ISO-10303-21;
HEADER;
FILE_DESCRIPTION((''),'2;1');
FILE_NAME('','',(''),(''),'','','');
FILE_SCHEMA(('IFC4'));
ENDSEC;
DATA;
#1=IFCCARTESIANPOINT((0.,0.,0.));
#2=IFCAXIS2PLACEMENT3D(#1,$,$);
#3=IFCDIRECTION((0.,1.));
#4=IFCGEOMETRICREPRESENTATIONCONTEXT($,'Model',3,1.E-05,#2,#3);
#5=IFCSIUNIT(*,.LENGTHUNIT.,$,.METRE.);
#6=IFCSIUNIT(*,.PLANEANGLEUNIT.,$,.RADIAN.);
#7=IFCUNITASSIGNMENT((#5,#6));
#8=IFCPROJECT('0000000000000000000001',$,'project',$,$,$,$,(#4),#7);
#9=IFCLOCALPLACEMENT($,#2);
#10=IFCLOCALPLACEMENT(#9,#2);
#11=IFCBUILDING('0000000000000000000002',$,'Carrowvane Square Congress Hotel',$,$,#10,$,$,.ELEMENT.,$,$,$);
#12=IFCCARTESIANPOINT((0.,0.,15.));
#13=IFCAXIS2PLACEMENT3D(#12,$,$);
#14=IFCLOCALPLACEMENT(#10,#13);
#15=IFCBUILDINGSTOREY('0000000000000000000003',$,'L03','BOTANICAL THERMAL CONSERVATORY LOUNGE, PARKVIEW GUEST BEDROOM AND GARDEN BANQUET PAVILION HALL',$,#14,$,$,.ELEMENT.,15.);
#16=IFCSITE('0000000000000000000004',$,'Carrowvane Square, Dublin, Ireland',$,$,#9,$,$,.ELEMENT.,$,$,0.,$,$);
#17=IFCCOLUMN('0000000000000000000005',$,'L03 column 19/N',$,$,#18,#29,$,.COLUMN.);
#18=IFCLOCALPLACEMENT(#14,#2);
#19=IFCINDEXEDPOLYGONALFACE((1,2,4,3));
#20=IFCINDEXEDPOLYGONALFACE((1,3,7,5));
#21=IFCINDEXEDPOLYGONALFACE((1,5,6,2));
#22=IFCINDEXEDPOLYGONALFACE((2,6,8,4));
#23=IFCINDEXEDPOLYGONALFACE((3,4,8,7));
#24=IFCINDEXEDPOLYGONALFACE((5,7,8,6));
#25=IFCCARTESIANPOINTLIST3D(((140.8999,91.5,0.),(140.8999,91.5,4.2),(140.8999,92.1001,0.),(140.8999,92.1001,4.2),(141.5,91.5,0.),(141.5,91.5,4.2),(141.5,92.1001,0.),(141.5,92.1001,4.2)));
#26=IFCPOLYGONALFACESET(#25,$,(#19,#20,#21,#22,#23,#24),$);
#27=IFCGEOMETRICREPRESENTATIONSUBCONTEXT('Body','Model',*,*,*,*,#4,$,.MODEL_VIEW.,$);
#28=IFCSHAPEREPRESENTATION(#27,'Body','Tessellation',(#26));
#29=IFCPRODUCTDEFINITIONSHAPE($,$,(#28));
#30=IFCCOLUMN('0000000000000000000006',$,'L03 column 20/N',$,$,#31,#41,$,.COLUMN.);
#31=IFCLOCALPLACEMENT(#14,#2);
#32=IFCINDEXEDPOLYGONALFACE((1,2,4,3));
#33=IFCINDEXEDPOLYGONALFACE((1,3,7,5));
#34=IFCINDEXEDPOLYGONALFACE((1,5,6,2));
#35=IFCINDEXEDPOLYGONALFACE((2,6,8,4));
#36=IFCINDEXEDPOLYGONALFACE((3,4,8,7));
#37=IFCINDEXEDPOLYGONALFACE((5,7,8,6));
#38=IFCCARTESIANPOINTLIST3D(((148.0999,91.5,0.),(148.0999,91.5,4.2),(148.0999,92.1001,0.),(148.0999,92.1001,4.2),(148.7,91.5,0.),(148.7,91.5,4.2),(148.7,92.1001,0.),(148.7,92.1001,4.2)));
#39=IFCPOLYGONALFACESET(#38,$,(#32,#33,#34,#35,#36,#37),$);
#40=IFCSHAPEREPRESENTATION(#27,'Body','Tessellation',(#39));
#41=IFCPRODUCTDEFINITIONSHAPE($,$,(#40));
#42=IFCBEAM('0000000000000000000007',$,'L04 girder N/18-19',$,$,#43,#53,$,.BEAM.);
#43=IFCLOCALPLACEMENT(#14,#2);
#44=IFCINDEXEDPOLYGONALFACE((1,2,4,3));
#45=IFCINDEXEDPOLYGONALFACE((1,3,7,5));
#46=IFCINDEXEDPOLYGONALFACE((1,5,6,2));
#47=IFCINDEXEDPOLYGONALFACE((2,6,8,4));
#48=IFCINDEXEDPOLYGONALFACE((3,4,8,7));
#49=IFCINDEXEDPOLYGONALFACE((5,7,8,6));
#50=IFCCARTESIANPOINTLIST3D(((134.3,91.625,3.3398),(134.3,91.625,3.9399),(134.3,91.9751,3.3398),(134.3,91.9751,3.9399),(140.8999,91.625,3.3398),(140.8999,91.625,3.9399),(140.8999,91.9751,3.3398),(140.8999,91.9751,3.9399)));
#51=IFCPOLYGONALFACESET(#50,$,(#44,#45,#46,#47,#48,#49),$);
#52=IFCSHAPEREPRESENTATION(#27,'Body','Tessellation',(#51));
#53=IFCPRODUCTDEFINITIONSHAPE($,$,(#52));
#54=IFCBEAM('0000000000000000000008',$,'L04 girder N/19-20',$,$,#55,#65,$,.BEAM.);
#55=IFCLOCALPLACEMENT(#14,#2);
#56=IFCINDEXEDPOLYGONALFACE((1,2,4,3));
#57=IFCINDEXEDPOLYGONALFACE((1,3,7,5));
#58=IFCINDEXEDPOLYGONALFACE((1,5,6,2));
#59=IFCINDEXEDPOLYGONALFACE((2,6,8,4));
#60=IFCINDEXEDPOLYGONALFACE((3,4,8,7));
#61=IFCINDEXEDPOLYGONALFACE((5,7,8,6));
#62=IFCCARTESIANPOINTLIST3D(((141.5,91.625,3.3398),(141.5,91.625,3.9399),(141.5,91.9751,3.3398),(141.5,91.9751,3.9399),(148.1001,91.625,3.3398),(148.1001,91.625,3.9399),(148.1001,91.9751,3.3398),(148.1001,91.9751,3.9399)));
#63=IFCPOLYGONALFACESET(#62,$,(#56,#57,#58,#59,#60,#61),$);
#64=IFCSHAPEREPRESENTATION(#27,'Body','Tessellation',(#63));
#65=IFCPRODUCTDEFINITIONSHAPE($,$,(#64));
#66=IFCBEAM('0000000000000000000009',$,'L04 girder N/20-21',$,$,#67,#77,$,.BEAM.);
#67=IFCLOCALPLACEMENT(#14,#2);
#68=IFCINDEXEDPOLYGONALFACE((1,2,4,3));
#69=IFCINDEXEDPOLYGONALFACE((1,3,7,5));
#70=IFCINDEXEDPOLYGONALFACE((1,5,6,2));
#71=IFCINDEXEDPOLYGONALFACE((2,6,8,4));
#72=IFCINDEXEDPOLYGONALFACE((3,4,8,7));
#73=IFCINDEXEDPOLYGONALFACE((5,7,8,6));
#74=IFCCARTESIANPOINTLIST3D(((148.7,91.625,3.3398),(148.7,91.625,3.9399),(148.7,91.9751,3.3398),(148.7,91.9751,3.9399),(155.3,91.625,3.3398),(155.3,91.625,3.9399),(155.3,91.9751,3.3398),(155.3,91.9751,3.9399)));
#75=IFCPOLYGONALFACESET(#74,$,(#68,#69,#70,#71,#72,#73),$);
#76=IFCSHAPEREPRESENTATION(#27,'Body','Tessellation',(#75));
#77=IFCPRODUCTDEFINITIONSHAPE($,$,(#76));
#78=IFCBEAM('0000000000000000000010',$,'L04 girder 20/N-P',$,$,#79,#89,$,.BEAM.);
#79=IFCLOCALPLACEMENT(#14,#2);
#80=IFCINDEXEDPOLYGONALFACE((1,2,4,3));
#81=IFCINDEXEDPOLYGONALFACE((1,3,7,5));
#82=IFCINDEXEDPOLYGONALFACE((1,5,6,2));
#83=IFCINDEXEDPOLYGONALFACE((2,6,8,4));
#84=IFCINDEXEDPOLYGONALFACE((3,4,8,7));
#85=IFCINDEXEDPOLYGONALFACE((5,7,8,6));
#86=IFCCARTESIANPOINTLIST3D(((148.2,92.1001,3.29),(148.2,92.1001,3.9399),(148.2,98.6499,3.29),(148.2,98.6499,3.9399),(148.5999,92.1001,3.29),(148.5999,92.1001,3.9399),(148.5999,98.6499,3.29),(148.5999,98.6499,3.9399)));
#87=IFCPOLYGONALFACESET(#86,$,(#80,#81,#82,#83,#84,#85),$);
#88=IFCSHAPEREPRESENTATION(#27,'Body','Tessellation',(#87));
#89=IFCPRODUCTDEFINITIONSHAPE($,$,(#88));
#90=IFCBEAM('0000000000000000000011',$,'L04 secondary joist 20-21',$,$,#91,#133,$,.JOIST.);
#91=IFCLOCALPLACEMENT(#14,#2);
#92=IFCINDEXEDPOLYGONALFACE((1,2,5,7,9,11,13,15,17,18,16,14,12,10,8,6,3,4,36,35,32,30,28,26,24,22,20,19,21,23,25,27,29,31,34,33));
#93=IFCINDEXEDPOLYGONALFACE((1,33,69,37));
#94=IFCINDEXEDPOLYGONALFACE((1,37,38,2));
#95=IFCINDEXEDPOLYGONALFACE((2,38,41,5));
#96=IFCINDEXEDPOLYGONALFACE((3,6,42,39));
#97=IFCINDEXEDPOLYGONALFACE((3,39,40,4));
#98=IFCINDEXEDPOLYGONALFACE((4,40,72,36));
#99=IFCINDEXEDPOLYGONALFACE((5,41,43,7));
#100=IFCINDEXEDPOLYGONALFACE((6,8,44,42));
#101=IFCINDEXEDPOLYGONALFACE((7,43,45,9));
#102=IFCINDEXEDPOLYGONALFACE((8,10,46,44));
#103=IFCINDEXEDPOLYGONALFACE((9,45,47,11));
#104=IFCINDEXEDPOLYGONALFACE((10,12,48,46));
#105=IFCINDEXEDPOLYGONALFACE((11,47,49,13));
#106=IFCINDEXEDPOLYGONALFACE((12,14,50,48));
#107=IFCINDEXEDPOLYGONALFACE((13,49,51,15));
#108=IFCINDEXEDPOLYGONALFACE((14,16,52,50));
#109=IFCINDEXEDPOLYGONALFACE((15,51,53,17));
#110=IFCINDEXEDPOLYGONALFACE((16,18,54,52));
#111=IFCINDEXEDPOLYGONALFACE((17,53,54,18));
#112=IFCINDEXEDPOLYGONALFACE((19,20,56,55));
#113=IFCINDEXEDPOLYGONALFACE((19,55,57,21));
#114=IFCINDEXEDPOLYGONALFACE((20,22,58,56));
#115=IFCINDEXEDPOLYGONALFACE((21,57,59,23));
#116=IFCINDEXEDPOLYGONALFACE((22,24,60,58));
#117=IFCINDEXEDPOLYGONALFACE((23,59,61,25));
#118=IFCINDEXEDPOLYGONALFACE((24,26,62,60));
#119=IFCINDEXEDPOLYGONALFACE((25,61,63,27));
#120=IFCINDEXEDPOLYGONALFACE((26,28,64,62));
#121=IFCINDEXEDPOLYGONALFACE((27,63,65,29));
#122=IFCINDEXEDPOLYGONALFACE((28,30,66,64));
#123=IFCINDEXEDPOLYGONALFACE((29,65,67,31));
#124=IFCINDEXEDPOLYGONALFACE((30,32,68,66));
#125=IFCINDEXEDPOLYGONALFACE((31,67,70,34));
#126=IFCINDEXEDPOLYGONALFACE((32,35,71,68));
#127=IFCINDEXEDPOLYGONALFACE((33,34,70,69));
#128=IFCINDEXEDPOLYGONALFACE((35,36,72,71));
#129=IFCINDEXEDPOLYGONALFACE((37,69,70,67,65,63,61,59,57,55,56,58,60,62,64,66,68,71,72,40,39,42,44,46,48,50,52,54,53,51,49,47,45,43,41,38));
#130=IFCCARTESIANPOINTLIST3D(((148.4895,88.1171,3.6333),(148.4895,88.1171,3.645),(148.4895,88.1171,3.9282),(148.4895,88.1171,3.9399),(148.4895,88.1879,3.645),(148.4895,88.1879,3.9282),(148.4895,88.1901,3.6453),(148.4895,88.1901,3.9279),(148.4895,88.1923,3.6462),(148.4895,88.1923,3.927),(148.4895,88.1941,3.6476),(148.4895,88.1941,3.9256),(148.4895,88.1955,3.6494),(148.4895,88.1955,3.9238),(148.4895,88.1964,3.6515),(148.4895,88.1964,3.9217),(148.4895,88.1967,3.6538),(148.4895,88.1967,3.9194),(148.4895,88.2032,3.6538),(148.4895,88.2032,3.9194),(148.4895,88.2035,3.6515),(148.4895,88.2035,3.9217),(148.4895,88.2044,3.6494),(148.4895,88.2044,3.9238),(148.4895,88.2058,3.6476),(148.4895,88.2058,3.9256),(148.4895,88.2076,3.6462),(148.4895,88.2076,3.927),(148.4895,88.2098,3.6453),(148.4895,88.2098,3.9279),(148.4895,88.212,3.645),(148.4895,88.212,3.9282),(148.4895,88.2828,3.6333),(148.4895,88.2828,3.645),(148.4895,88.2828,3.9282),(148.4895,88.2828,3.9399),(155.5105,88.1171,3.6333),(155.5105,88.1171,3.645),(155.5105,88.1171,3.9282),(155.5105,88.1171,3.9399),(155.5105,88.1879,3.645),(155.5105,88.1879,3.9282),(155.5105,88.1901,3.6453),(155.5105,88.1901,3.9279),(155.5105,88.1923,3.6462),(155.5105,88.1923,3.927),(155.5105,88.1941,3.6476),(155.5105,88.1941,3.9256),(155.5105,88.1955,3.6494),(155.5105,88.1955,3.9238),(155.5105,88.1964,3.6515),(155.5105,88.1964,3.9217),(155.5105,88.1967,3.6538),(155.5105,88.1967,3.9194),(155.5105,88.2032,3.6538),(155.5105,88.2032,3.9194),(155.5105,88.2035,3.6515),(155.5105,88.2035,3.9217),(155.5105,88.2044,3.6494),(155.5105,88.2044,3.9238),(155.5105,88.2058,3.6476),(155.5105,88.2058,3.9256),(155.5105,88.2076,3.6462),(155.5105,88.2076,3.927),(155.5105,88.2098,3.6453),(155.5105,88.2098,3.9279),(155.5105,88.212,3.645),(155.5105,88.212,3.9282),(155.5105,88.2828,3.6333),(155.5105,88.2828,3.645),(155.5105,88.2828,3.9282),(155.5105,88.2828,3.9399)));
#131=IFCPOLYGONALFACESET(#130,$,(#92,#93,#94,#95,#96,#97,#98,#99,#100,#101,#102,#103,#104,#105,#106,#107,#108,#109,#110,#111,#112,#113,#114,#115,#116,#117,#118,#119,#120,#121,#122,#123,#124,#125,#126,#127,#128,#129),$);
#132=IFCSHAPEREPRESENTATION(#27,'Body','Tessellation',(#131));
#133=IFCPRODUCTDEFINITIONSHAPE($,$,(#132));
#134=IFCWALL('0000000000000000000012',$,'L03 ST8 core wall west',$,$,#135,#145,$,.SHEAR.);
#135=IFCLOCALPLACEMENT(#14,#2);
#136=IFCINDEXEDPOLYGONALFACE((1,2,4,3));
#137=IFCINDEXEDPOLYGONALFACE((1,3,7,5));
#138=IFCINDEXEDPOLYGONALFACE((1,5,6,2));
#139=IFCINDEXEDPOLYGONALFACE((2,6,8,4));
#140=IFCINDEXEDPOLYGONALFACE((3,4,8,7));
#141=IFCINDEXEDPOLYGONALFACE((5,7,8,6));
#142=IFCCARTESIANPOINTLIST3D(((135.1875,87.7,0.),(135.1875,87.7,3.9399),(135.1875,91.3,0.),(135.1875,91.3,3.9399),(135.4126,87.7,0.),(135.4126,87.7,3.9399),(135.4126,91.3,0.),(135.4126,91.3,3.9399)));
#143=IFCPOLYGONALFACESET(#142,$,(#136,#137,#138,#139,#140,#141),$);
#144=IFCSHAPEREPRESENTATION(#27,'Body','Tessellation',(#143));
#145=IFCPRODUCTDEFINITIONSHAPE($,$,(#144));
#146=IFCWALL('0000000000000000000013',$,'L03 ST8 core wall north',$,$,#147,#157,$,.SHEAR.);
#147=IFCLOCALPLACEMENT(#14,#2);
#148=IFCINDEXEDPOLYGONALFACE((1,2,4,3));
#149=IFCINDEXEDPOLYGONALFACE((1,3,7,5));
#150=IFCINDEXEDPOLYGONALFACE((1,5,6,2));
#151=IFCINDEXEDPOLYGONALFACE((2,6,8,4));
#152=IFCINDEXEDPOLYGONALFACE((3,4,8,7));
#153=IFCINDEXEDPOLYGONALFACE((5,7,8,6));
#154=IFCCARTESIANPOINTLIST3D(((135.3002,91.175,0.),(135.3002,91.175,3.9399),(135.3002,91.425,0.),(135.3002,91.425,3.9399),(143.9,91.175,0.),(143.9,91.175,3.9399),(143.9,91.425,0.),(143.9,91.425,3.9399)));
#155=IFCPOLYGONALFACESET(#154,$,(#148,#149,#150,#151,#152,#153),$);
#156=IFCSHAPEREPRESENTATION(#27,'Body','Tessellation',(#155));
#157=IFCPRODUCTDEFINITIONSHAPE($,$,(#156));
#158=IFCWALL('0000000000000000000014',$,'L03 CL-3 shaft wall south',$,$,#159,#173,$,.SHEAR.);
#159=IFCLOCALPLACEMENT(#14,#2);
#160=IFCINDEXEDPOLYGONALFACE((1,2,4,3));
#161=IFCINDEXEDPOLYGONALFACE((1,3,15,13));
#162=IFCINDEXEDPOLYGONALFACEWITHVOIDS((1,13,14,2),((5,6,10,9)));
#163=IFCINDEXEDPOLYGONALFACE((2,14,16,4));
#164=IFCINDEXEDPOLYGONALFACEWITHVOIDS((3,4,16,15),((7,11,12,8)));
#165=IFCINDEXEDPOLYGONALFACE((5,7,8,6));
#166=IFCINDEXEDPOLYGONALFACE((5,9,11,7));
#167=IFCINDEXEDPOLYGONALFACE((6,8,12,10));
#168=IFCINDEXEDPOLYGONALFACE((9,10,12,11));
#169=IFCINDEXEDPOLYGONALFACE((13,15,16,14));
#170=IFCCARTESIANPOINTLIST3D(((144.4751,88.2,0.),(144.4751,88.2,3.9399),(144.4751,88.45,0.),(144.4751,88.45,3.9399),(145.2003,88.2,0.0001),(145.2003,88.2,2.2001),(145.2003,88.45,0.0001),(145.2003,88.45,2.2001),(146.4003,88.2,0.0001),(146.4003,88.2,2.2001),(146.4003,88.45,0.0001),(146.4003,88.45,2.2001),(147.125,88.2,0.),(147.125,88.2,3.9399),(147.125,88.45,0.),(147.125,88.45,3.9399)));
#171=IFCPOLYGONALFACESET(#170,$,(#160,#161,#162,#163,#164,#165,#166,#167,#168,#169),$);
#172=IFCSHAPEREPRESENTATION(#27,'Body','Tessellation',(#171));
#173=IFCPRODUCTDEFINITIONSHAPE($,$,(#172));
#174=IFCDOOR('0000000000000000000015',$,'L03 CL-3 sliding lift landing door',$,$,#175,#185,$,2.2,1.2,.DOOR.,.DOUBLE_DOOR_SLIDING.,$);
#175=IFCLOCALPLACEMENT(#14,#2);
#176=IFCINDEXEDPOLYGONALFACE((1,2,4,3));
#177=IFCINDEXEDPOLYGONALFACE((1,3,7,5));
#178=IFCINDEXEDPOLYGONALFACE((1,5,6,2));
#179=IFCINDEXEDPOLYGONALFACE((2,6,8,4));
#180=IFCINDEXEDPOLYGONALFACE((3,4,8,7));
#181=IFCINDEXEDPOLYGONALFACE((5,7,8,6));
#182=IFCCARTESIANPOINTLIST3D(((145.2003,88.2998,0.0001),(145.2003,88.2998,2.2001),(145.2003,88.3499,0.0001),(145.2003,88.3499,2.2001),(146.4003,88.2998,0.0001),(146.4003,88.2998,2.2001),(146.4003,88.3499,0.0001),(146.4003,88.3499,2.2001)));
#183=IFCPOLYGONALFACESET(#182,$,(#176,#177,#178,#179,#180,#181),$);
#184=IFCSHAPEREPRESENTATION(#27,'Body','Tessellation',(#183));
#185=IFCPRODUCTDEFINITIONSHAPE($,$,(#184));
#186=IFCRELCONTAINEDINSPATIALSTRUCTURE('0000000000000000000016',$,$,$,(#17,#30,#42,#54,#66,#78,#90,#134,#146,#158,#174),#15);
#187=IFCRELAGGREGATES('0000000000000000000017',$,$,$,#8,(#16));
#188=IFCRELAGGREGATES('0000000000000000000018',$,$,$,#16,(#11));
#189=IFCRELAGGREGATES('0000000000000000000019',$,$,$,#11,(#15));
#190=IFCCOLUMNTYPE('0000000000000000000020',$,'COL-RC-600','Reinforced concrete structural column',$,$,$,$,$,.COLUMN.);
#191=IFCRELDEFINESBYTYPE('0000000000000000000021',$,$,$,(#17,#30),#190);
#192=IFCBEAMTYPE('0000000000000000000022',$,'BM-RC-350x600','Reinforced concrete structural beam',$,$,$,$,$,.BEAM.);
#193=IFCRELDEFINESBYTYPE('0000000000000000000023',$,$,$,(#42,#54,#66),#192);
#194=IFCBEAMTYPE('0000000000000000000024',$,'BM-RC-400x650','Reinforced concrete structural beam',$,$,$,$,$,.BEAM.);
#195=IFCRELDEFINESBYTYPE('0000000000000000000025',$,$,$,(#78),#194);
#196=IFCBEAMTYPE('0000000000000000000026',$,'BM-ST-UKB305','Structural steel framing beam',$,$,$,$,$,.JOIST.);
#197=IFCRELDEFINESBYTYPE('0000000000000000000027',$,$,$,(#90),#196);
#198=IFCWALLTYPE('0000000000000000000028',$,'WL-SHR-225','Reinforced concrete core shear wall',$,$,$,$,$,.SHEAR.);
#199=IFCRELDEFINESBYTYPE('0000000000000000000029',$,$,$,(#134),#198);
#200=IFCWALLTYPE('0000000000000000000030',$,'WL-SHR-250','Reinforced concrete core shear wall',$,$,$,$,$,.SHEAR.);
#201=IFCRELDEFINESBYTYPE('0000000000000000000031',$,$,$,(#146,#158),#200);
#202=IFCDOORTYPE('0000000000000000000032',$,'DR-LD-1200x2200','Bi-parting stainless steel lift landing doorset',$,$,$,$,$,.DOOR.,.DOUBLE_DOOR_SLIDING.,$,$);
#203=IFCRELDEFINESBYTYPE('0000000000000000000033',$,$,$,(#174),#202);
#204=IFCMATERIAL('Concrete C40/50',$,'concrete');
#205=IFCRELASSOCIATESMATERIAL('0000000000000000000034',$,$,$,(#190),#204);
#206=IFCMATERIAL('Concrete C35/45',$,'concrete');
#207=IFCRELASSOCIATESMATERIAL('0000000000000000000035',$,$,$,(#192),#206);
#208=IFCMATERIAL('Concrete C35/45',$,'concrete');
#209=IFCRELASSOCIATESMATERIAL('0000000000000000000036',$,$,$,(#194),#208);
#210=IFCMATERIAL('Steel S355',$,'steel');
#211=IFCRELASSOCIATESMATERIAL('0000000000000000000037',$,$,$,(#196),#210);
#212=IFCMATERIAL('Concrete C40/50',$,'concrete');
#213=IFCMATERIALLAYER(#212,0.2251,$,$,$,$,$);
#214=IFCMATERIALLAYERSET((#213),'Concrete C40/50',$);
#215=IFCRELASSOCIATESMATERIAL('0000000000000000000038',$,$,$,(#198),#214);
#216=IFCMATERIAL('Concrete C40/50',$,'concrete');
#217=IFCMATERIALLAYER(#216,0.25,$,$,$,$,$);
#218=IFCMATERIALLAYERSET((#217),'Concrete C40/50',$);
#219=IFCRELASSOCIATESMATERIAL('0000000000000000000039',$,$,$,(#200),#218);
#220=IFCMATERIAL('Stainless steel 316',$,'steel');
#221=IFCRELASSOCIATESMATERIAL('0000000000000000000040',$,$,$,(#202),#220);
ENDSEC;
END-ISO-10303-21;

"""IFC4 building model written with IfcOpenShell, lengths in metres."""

from ifc_helpers import new_model, si_unit, direction, frame, frame_2d, origin, origin_2d, place, context, subcontext, project, spatial, rectangle, i_section, extrude, material, layer, layer_set, material_profile, profile_set, type_object, element, fill, save


model = new_model("IFC4")

# Units and contexts
model_context = context("Model", 3, precision=1e-05, world=origin(), true_north=direction((0.0, 1.0)))
body_context = subcontext(model_context, "Body", "Model", "MODEL_VIEW")
ifc_project = project(units=[si_unit("LENGTHUNIT", "METRE"), si_unit("PLANEANGLEUNIT", "RADIAN")], contexts=[model_context])

# Site, building, storey
site_placement = place(None, origin())
site = spatial("IfcSite", under=ifc_project, at=site_placement, Name="Carrowvane Square, Dublin, Ireland", CompositionType="ELEMENT", RefElevation=0.0)
building_placement = place(site_placement, origin())
building = spatial("IfcBuilding", under=site, at=building_placement, Name="Carrowvane Square Congress Hotel", CompositionType="ELEMENT")
storey_placement = place(building_placement, frame((0.0, 0.0, 15.0)))
storey = spatial("IfcBuildingStorey", under=building, at=storey_placement, Name="L03", Description="BOTANICAL THERMAL CONSERVATORY LOUNGE, PARKVIEW GUEST BEDROOM AND GARDEN BANQUET PAVILION HALL", CompositionType="ELEMENT", Elevation=15.0)

# Columns
ifc_material_1 = material(Name="Concrete C40/50", Category="concrete")
ifc_material_profile_1 = material_profile(ifc_material_1, rectangle(XDim=0.6001, YDim=0.6001, at=origin_2d()), Name="RC 600x600")
ifc_profile_set_1 = profile_set([ifc_material_profile_1], Name="Concrete C40/50")
column_type = type_object("IfcColumnType", Name="COL-RC-600", Description="Reinforced concrete structural column", PredefinedType="COLUMN", material=ifc_profile_set_1)
for number, where, z_axis, x_axis, name in (
    (1, (141.2, 91.8, 0.0), (0.0, 0.0, 1.0), (1.0, 0.0, 0.0), "L03 column 19/N"),
    (2, (148.3999, 91.8, 0.0), (0.0, 0.0, 1.0), (1.0, 0.0, 0.0), "L03 column 20/N"),
):
    element("IfcColumn", number, at=place(storey_placement, frame(where, z_axis=z_axis, x_axis=x_axis)), inside=storey, type_object=column_type, Name=name, PredefinedType="COLUMN", context=body_context, shape_type="SweptSolid", body=[
        extrude(rectangle(XDim=0.6001, YDim=0.6001, at=origin_2d()), origin(), (0.0, 0.0, 1.0), 4.2),
    ])

# Beams
ifc_material_2 = material(Name="Concrete C35/45", Category="concrete")
ifc_material_profile_2 = material_profile(ifc_material_2, rectangle(XDim=0.3501, YDim=0.6001, at=origin_2d()), Name="RC 350x600")
ifc_profile_set_2 = profile_set([ifc_material_profile_2], Name="Concrete C35/45")
beam_type_1 = type_object("IfcBeamType", Name="BM-RC-350x600", Description="Reinforced concrete structural beam", PredefinedType="BEAM", material=ifc_profile_set_2)
beam_1_placement = place(storey_placement, frame((134.3, 91.8, 3.6399), z_axis=(1.0, 0.0, 0.0), x_axis=(0.0, 1.0, 0.0)))
element("IfcBeam", 3, at=beam_1_placement, inside=storey, type_object=beam_type_1, Name="L04 girder N/18-19", PredefinedType="BEAM", context=body_context, shape_type="SweptSolid", body=[
    extrude(rectangle(XDim=0.3501, YDim=0.6001, at=origin_2d()), origin(), (0.0, 0.0, 1.0), 6.5999),
])
for number, where, z_axis, x_axis, name in (
    (4, (141.5, 91.8, 3.6399), (1.0, 0.0, 0.0), (0.0, 1.0, 0.0), "L04 girder N/19-20"),
    (5, (148.7, 91.8, 3.6399), (1.0, 0.0, 0.0), (0.0, 1.0, 0.0), "L04 girder N/20-21"),
):
    element("IfcBeam", number, at=place(storey_placement, frame(where, z_axis=z_axis, x_axis=x_axis)), inside=storey, type_object=beam_type_1, Name=name, PredefinedType="BEAM", context=body_context, shape_type="SweptSolid", body=[
        extrude(rectangle(XDim=0.3501, YDim=0.6001, at=origin_2d()), origin(), (0.0, 0.0, 1.0), 6.6001),
    ])
ifc_material_3 = material(Name="Concrete C35/45", Category="concrete")
ifc_material_profile_3 = material_profile(ifc_material_3, rectangle(XDim=0.3999, YDim=0.6499, at=origin_2d()), Name="RC 400x650")
ifc_profile_set_3 = profile_set([ifc_material_profile_3], Name="Concrete C35/45")
beam_type_2 = type_object("IfcBeamType", Name="BM-RC-400x650", Description="Reinforced concrete structural beam", PredefinedType="BEAM", material=ifc_profile_set_3)
beam_2_placement = place(storey_placement, frame((148.3999, 92.1001, 3.615), z_axis=(0.0, 1.0, 0.0), x_axis=(-1.0, 0.0, 0.0)))
element("IfcBeam", 6, at=beam_2_placement, inside=storey, type_object=beam_type_2, Name="L04 girder 20/N-P", PredefinedType="BEAM", context=body_context, shape_type="SweptSolid", body=[
    extrude(rectangle(XDim=0.3999, YDim=0.6499, at=origin_2d()), origin(), (0.0, 0.0, 1.0), 6.5498),
])
ifc_material_4 = material(Name="Steel S355", Category="steel")
ifc_material_profile_4 = material_profile(ifc_material_4, i_section(OverallWidth=0.1658, OverallDepth=0.3066, WebThickness=0.0066, FlangeThickness=0.0117, FilletRadius=0.0088, at=origin_2d()), Name="UKB 305x165x46")
ifc_profile_set_4 = profile_set([ifc_material_profile_4], Name="Steel S355")
beam_type_3 = type_object("IfcBeamType", Name="BM-ST-UKB305", Description="Structural steel framing beam", PredefinedType="JOIST", material=ifc_profile_set_4)
beam_3_placement = place(storey_placement, frame((148.4895, 88.2, 3.7866), z_axis=(1.0, 0.0, 0.0), x_axis=(0.0, 1.0, 0.0)))
element("IfcBeam", 7, at=beam_3_placement, inside=storey, type_object=beam_type_3, Name="L04 secondary joist 20-21", PredefinedType="JOIST", context=body_context, shape_type="SweptSolid", body=[
    extrude(i_section(OverallWidth=0.1658, OverallDepth=0.3066, WebThickness=0.0066, FlangeThickness=0.0117, FilletRadius=0.0088, at=origin_2d()), origin(), (0.0, 0.0, 1.0), 7.021),
])

# Walls
ifc_material_5 = material(Name="Concrete C40/50", Category="concrete")
ifc_layer_1 = layer(ifc_material_5, 0.2251)
ifc_layer_set_1 = layer_set([ifc_layer_1], Name="Concrete C40/50")
wall_type_1 = type_object("IfcWallType", Name="WL-SHR-225", Description="Reinforced concrete core shear wall", PredefinedType="SHEAR", material=ifc_layer_set_1)
wall_1_placement = place(storey_placement, frame((135.3, 91.3, 0.0), z_axis=(0.0, 0.0, 1.0), x_axis=(0.0, -1.0, 0.0)))
element("IfcWall", 8, at=wall_1_placement, inside=storey, type_object=wall_type_1, Name="L03 ST8 core wall west", PredefinedType="SHEAR", context=body_context, shape_type="SweptSolid", body=[
    extrude(rectangle(XDim=3.6001, YDim=0.2251, at=frame_2d((1.8, 0.0))), origin(), (0.0, 0.0, 1.0), 3.9399),
])
ifc_material_6 = material(Name="Concrete C40/50", Category="concrete")
ifc_layer_2 = layer(ifc_material_6, 0.25)
ifc_layer_set_2 = layer_set([ifc_layer_2], Name="Concrete C40/50")
wall_type_2 = type_object("IfcWallType", Name="WL-SHR-250", Description="Reinforced concrete core shear wall", PredefinedType="SHEAR", material=ifc_layer_set_2)
wall_2_placement = place(storey_placement, frame((143.8999, 91.3, 0.0), z_axis=(0.0, 0.0, 1.0), x_axis=(-1.0, 0.0, 0.0)))
element("IfcWall", 9, at=wall_2_placement, inside=storey, type_object=wall_type_2, Name="L03 ST8 core wall north", PredefinedType="SHEAR", context=body_context, shape_type="SweptSolid", body=[
    extrude(rectangle(XDim=8.5999, YDim=0.25, at=frame_2d((4.2998, 0.0))), origin(), (0.0, 0.0, 1.0), 3.9399),
])

# Wall, opening, door
wall_3_placement = place(storey_placement, frame((144.4751, 88.325, 0.0), z_axis=(0.0, 0.0, 1.0), x_axis=(1.0, 0.0, 0.0)))
wall_3 = element("IfcWall", 10, at=wall_3_placement, inside=storey, type_object=wall_type_2, Name="L03 CL-3 shaft wall south", PredefinedType="SHEAR", context=body_context, shape_type="SweptSolid", body=[
    extrude(rectangle(XDim=2.6499, YDim=0.25, at=frame_2d((1.325, 0.0))), origin(), (0.0, 0.0, 1.0), 3.9399),
])
opening_placement = place(wall_3_placement, frame((0.7251, 0.0, 0.0)))
opening = element("IfcOpeningElement", 11, at=opening_placement, cuts=wall_3, PredefinedType="OPENING", context=body_context, shape_type="SweptSolid", body=[
    extrude(rectangle(XDim=1.2, YDim=2.2, at=frame_2d((0.6001, 1.1001))), frame((0.0, 0.135, 0.0), z_axis=(0.0, -1.0, 0.0), x_axis=(1.0, 0.0, 0.0)), (0.0, 0.0, 1.0), 0.27),
])
ifc_material_7 = material(Name="Stainless steel 316", Category="steel")
door_type = type_object("IfcDoorType", Name="DR-LD-1200x2200", Description="Bi-parting stainless steel lift landing doorset", OperationType="DOUBLE_DOOR_SLIDING", PredefinedType="DOOR", material=ifc_material_7)
door_placement = place(opening_placement, origin())
door = element("IfcDoor", 12, at=door_placement, inside=storey, type_object=door_type, Name="L03 CL-3 sliding lift landing door", OperationType="DOUBLE_DOOR_SLIDING", OverallHeight=2.2, OverallWidth=1.2, PredefinedType="DOOR", context=body_context, shape_type="SweptSolid", body=[
    extrude(rectangle(XDim=1.2, YDim=2.2, at=frame_2d((0.6001, 1.1001))), frame((0.0, 0.0249, 0.0), z_axis=(0.0, -1.0, 0.0), x_axis=(1.0, 0.0, 0.0)), (0.0, 0.0, 1.0), 0.05),
])
fill(opening, door)

save(model, "model.ifc")
